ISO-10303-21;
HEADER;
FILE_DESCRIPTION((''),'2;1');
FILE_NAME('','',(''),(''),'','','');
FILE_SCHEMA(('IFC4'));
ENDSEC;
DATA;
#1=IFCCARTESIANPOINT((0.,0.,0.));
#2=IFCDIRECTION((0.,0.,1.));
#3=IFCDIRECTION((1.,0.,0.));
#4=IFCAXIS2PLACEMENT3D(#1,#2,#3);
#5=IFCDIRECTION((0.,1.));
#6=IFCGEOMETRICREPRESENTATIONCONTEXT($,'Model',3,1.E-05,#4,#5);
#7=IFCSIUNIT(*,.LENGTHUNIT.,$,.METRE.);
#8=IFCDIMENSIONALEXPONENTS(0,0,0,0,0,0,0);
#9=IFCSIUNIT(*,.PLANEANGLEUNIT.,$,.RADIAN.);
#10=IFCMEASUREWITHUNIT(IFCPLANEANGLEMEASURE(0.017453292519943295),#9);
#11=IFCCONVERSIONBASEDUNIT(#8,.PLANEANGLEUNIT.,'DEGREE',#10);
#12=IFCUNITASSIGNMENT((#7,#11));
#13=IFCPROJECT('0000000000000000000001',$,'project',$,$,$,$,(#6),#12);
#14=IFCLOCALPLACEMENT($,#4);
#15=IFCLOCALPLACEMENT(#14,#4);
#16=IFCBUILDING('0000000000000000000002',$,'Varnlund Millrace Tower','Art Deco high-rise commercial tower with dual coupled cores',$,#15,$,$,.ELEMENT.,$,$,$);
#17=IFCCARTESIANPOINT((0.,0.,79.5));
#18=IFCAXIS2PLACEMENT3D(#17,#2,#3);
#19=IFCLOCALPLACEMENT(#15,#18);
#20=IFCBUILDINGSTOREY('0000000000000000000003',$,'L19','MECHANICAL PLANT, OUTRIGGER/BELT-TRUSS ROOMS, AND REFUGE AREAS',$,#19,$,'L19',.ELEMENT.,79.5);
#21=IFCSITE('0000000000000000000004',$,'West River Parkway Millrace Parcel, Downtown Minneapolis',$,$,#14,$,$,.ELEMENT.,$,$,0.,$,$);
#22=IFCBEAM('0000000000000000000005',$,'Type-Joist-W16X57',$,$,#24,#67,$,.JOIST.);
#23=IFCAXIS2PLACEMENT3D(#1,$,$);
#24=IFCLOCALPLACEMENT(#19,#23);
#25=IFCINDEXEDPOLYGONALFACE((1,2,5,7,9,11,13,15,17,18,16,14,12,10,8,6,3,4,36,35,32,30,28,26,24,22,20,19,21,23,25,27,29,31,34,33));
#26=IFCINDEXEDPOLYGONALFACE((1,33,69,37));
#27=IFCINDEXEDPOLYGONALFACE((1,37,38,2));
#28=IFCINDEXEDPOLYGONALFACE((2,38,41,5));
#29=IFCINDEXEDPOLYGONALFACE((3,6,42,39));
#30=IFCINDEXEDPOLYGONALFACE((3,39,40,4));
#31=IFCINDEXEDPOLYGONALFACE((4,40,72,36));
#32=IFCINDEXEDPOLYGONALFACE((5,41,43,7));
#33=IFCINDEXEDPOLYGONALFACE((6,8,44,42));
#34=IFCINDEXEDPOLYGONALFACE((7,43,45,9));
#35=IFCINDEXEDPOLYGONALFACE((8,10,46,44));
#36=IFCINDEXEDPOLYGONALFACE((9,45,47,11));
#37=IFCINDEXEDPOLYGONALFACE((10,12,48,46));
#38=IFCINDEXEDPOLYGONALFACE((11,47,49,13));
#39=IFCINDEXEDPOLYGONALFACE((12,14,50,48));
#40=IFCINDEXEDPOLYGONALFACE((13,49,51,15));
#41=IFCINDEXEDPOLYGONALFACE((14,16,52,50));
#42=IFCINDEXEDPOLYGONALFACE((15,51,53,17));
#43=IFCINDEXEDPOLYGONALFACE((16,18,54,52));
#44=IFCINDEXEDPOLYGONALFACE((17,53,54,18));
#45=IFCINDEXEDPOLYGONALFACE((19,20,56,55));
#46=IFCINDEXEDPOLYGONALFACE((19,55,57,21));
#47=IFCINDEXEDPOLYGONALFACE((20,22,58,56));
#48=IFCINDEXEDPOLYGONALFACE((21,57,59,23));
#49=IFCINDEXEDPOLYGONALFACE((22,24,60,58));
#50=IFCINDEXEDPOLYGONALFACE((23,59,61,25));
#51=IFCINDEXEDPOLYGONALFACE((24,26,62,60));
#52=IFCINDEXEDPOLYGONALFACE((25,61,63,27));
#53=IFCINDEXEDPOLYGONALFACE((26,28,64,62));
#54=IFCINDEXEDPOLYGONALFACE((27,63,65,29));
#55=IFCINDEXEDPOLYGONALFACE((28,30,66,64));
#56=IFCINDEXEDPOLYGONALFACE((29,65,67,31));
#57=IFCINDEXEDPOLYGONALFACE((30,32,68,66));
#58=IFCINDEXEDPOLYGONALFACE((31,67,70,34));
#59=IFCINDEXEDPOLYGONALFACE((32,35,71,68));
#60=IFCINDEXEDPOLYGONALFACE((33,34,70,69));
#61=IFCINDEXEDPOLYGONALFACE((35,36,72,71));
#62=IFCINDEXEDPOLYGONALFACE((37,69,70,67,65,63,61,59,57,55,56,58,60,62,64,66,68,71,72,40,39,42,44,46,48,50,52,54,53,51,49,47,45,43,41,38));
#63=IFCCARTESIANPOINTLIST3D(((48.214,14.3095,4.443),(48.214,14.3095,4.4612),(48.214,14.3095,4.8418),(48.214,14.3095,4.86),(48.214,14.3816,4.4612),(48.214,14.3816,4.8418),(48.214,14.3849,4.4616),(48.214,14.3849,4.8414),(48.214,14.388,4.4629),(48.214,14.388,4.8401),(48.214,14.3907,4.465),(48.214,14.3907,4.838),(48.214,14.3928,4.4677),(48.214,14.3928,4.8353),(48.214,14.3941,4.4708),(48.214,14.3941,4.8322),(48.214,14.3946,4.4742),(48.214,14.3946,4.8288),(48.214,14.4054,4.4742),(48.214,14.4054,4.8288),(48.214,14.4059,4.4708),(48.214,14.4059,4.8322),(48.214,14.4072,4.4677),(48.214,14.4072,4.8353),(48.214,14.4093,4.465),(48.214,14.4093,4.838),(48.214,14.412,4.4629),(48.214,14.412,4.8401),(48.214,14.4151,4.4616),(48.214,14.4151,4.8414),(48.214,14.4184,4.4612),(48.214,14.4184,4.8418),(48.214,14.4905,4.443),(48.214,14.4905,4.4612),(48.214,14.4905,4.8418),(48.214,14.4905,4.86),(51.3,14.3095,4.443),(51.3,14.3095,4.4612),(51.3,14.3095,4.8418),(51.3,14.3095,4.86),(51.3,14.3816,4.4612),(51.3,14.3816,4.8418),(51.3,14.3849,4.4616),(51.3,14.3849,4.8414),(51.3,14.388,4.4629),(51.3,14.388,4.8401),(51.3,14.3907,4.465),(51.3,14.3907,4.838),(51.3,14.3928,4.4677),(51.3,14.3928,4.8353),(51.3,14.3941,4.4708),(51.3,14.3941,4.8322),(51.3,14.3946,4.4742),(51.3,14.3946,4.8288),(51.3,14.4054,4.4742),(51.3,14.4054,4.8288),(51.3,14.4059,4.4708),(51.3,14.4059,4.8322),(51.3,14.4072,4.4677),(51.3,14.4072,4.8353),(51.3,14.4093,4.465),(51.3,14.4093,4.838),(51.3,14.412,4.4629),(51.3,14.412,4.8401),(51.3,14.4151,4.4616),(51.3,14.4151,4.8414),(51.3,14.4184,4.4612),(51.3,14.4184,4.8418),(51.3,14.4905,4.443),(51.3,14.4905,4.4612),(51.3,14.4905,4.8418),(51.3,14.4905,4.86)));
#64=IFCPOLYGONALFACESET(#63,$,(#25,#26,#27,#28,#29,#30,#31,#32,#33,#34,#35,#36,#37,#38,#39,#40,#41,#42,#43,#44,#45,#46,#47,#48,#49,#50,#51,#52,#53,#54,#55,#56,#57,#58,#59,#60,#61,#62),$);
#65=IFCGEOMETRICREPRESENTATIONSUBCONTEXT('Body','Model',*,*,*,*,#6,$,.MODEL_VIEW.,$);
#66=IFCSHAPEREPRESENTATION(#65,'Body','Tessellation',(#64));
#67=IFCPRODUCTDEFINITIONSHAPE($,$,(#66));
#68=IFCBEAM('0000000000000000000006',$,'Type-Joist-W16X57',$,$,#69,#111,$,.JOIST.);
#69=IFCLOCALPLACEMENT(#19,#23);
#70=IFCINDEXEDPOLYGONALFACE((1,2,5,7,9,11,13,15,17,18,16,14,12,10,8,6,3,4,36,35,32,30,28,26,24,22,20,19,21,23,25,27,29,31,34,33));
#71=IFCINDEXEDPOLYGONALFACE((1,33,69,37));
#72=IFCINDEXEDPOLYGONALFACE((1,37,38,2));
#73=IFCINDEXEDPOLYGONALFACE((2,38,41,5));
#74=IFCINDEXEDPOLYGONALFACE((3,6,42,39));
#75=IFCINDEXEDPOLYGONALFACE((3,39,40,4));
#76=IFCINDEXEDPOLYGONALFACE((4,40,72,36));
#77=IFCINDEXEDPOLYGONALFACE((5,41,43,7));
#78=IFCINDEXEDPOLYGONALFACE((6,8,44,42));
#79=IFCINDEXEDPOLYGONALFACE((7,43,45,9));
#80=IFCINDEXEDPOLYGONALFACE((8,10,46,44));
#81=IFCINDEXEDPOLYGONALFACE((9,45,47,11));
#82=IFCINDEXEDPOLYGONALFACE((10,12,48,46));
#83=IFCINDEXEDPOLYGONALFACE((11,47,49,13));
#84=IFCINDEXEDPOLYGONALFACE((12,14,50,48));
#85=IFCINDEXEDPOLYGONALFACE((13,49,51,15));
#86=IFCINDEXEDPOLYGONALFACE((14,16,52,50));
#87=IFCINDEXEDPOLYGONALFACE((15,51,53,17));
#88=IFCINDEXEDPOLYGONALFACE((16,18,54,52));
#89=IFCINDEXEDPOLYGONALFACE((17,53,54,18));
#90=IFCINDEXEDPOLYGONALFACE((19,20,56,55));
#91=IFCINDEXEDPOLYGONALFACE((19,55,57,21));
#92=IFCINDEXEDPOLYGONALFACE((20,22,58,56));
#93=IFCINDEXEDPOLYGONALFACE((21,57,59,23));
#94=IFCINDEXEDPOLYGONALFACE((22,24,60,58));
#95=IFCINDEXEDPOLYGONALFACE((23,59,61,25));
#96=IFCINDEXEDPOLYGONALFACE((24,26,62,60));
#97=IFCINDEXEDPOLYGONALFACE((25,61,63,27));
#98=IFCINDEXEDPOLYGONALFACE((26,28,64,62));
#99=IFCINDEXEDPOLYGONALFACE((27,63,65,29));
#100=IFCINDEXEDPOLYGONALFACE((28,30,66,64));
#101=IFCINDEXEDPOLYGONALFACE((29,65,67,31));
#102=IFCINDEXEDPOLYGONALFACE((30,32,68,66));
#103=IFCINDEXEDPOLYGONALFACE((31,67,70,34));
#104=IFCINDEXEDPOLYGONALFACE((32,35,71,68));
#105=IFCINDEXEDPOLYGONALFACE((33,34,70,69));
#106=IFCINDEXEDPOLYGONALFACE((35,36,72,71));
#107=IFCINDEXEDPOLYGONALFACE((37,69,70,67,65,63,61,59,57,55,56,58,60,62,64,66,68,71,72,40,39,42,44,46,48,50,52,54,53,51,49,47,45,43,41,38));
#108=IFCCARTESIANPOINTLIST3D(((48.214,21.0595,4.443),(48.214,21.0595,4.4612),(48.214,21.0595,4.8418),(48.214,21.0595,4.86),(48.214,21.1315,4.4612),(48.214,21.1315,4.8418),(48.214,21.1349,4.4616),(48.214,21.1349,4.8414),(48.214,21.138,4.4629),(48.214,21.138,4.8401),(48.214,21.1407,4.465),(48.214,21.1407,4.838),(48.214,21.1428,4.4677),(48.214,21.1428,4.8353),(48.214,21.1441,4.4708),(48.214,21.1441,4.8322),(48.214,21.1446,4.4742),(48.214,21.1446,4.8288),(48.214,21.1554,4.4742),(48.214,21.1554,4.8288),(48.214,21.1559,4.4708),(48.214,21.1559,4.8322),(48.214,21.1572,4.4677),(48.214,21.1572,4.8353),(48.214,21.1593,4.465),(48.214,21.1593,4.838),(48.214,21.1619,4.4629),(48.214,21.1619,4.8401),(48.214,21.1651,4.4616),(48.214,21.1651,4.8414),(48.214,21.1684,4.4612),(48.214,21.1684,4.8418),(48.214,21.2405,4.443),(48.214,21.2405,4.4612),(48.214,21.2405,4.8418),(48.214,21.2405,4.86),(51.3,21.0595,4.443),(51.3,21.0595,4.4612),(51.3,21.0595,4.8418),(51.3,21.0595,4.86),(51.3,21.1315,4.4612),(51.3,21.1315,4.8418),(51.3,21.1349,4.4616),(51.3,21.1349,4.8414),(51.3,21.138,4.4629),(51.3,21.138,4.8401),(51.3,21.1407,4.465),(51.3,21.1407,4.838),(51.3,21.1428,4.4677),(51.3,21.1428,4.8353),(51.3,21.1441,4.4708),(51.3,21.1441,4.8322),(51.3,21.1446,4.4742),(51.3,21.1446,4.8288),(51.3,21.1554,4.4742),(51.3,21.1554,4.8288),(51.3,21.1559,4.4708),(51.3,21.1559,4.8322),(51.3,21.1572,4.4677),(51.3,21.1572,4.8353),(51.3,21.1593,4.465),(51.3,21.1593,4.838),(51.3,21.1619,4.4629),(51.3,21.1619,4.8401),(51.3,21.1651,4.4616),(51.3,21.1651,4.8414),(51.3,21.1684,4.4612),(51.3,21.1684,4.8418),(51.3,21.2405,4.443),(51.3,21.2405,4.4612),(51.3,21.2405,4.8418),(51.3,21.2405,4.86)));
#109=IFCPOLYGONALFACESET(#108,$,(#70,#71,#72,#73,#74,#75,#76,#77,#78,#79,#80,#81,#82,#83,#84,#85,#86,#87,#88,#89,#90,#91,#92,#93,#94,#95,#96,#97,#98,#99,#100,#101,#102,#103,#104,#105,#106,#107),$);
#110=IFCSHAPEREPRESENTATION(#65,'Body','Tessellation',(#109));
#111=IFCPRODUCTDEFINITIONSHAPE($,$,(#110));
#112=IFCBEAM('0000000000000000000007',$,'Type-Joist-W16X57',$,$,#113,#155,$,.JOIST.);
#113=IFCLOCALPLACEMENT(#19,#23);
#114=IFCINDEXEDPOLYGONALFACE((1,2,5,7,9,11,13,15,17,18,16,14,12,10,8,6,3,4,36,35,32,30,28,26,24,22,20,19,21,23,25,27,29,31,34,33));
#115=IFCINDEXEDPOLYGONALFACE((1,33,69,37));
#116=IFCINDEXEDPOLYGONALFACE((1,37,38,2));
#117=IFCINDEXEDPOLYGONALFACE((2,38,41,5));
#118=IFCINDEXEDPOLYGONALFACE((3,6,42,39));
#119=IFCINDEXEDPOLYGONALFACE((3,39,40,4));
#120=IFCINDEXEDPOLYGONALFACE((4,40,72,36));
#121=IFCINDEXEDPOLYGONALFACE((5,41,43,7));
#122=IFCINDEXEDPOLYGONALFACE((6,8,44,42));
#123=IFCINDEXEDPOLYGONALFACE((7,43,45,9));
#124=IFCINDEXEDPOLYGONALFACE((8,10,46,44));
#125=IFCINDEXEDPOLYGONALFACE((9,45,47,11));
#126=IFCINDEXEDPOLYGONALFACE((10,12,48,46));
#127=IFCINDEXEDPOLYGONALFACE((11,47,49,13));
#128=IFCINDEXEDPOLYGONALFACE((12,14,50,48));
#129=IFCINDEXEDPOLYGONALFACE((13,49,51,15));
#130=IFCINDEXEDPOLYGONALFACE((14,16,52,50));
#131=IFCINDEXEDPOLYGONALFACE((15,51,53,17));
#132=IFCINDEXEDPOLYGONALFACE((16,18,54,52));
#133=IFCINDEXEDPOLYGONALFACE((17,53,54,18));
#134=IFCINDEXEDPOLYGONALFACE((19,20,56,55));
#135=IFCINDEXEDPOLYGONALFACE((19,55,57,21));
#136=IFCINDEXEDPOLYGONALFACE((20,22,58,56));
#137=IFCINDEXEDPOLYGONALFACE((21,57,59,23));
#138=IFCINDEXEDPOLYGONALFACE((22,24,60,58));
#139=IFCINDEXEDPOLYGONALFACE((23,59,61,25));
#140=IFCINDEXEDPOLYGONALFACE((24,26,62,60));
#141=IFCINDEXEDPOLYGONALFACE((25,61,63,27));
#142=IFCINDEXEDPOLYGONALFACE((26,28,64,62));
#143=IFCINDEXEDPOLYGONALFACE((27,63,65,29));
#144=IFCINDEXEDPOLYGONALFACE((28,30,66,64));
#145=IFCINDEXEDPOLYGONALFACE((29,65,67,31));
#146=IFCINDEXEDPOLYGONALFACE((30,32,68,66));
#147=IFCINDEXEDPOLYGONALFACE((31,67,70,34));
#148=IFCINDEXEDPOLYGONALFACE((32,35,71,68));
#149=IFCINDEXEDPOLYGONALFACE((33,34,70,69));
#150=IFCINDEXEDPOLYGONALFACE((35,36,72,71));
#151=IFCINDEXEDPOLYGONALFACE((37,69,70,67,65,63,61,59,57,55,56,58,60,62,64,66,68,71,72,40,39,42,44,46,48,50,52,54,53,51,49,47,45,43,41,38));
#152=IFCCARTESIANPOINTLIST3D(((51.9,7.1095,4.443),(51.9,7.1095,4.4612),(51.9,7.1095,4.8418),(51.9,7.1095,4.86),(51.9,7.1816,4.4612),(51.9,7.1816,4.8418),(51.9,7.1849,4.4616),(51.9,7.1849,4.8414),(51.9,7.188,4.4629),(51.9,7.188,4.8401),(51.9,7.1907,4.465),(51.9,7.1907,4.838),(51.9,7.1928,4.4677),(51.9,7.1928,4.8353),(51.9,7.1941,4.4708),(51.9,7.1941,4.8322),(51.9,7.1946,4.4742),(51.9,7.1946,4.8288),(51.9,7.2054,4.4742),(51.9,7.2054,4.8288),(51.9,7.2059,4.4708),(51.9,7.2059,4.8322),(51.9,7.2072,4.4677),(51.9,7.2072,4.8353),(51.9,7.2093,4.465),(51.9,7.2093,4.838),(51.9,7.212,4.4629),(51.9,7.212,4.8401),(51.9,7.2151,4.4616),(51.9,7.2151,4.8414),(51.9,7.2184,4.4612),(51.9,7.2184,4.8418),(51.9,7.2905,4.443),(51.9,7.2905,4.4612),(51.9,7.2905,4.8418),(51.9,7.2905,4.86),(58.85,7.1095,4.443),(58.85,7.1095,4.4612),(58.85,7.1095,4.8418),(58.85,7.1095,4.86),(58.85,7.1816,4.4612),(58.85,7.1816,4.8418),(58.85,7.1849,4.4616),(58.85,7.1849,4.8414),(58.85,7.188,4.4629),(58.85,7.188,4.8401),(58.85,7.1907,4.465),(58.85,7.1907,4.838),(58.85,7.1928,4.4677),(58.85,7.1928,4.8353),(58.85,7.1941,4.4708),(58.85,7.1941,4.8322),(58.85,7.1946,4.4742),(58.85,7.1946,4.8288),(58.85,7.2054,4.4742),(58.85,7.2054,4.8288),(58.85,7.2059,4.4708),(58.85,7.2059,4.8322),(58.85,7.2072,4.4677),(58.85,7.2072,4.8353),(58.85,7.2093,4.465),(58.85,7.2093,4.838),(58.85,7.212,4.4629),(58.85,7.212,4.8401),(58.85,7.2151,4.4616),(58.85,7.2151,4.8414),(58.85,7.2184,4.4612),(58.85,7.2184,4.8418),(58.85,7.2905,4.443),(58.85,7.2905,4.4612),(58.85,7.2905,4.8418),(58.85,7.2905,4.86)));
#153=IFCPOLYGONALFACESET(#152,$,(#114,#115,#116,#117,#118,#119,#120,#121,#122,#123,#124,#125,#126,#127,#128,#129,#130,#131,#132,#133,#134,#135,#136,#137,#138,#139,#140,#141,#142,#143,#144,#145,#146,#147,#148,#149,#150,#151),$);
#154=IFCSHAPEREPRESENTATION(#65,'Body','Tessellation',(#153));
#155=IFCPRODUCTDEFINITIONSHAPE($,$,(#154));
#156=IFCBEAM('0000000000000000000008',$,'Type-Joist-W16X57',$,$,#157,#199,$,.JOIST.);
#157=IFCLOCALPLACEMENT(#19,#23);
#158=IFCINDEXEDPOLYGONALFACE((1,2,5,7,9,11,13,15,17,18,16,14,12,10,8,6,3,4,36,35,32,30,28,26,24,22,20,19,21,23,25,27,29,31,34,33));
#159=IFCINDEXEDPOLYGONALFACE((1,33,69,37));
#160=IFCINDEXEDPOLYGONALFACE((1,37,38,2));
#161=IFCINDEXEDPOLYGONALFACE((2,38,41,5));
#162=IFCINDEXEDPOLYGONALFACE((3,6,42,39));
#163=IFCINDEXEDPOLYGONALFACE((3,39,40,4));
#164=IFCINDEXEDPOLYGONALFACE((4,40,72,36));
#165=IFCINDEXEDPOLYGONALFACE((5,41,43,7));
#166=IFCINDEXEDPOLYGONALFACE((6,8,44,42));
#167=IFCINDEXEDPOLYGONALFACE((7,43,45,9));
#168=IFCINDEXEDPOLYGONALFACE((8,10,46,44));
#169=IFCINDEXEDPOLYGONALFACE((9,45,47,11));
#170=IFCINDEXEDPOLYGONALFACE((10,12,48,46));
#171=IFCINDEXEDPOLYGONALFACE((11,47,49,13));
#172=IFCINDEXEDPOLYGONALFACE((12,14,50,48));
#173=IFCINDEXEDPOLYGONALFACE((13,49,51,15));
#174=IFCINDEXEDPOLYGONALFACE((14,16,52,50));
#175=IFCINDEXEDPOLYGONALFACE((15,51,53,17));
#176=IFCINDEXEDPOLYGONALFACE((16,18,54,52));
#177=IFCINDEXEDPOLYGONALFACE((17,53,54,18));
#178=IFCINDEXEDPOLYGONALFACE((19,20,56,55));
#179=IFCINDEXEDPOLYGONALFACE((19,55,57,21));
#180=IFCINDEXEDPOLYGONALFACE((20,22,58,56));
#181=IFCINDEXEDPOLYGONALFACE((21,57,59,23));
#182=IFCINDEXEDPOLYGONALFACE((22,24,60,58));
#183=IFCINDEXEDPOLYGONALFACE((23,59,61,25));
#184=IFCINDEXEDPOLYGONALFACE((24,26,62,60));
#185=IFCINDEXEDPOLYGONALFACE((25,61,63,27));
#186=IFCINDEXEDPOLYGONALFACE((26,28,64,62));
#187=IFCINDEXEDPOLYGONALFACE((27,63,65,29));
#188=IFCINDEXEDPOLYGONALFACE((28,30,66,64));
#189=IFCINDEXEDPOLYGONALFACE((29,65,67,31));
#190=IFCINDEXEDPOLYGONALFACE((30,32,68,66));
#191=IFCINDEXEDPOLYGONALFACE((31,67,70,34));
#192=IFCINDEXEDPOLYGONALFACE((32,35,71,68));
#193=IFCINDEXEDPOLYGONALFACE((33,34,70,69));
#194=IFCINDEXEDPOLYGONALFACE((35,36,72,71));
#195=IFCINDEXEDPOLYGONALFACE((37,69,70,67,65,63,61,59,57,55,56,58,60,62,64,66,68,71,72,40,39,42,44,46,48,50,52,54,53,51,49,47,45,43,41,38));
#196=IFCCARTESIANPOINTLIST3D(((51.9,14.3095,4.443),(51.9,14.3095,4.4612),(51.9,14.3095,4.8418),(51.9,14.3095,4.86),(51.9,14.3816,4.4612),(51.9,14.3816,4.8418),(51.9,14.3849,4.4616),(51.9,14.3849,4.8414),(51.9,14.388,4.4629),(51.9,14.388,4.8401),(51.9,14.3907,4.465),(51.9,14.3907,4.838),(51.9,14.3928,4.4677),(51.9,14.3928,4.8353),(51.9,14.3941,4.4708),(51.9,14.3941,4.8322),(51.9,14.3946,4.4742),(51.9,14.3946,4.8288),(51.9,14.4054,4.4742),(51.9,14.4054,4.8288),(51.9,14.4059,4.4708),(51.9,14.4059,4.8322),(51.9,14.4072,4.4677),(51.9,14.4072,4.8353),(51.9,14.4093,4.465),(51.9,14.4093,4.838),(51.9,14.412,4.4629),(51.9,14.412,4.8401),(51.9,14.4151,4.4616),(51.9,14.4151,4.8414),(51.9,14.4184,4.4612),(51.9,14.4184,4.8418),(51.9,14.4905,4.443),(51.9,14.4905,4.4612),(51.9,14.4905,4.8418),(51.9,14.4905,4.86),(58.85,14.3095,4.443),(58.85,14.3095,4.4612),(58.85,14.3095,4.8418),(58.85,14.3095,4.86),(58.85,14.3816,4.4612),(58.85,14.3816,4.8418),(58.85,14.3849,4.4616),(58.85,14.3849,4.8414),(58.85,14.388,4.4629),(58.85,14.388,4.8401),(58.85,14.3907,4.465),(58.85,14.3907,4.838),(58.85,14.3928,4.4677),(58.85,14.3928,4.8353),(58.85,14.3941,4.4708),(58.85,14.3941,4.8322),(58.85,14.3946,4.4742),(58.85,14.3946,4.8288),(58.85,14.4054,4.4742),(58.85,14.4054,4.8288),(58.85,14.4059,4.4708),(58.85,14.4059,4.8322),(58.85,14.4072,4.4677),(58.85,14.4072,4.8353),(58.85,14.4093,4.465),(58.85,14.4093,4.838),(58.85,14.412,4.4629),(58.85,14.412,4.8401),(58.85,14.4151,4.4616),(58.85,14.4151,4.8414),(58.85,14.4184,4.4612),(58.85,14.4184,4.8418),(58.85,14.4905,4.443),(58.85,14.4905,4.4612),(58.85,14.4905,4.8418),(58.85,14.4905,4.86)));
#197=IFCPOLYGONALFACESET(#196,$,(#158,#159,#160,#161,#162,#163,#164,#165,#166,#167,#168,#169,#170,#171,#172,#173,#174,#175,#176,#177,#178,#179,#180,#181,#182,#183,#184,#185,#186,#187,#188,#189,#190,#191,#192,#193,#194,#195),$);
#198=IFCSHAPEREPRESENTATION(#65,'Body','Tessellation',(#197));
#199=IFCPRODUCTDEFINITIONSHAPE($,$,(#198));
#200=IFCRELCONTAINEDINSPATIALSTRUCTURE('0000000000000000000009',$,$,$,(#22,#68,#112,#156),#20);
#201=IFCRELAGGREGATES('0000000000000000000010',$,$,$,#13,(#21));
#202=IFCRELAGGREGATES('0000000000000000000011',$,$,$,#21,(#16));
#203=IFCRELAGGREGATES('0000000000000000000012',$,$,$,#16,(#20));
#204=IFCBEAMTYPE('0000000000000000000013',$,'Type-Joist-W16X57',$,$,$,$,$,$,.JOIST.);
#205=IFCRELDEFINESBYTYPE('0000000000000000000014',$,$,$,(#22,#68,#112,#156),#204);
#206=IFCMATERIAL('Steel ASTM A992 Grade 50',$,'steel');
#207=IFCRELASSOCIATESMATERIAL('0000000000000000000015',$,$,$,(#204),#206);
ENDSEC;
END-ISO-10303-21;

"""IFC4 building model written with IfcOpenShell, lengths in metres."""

from ifc_helpers import new_model, entity, si_unit, converted_unit, direction, frame, origin_with_axes, origin_2d_with_axis, place, context, subcontext, project, spatial, i_section, extrude, material, material_profile, profile_set, type_object, element, save


model = new_model("IFC4")

# Units and contexts
model_context = context("Model", 3, precision=1e-05, world=origin_with_axes(), true_north=direction((0.0, 1.0)))
body_context = subcontext(model_context, "Body", "Model", "MODEL_VIEW")
ifc_project = project(units=[si_unit("LENGTHUNIT", "METRE"), converted_unit("PLANEANGLEUNIT", "DEGREE", entity("IfcPlaneAngleMeasure", 0.017453292519943295), si_unit("PLANEANGLEUNIT", "RADIAN"), dimensions=[0, 0, 0, 0, 0, 0, 0])], contexts=[model_context])

# Site, building, storey
site_placement = place(None, origin_with_axes())
site = spatial("IfcSite", under=ifc_project, at=site_placement, Name="West River Parkway Millrace Parcel, Downtown Minneapolis", CompositionType="ELEMENT", RefElevation=0.0)
building_placement = place(site_placement, origin_with_axes())
building = spatial("IfcBuilding", under=site, at=building_placement, Name="Varnlund Millrace Tower", Description="Art Deco high-rise commercial tower with dual coupled cores", CompositionType="ELEMENT")
storey_placement = place(building_placement, frame((0.0, 0.0, 79.5), z_axis=(0.0, 0.0, 1.0), x_axis=(1.0, 0.0, 0.0)))
storey = spatial("IfcBuildingStorey", under=building, at=storey_placement, Name="L19", Description="MECHANICAL PLANT, OUTRIGGER/BELT-TRUSS ROOMS, AND REFUGE AREAS", LongName="L19", CompositionType="ELEMENT", Elevation=79.5)

# Beams
ifc_material_1 = material(Name="Steel ASTM A992 Grade 50", Category="steel")
ifc_material_profile_1 = material_profile(ifc_material_1, i_section(OverallWidth=0.181, OverallDepth=0.417, WebThickness=0.0109, FlangeThickness=0.0182, FilletRadius=0.013, at=origin_2d_with_axis()), Name="Steel ASTM A992 Grade 50")
ifc_profile_set_1 = profile_set([ifc_material_profile_1], Name="Steel ASTM A992 Grade 50")
beam_type_1 = type_object("IfcBeamType", Name="Type-Joist-W16X57", PredefinedType="JOIST", material=ifc_profile_set_1)
for number, where, z_axis, x_axis, name in (
    (1, (48.214, 14.4, 4.6515), (1.0, 0.0, 0.0), (0.0, 1.0, 0.0), "Type-Joist-W16X57"),
    (2, (48.214, 21.15, 4.6515), (1.0, 0.0, 0.0), (0.0, 1.0, 0.0), "Type-Joist-W16X57"),
):
    element("IfcBeam", number, at=place(storey_placement, frame(where, z_axis=z_axis, x_axis=x_axis)), inside=storey, type_object=beam_type_1, Name=name, PredefinedType="JOIST", context=body_context, shape_type="SweptSolid", body=[
        extrude(i_section(OverallWidth=0.181, OverallDepth=0.417, WebThickness=0.0109, FlangeThickness=0.0182, FilletRadius=0.013, at=origin_2d_with_axis()), origin_with_axes(), (0.0, 0.0, 1.0), 3.086),
    ])
for number, where, z_axis, x_axis, name in (
    (3, (51.9, 7.2, 4.6515), (1.0, 0.0, 0.0), (0.0, 1.0, 0.0), "Type-Joist-W16X57"),
    (4, (51.9, 14.4, 4.6515), (1.0, 0.0, 0.0), (0.0, 1.0, 0.0), "Type-Joist-W16X57"),
):
    element("IfcBeam", number, at=place(storey_placement, frame(where, z_axis=z_axis, x_axis=x_axis)), inside=storey, type_object=beam_type_1, Name=name, PredefinedType="JOIST", context=body_context, shape_type="SweptSolid", body=[
        extrude(i_section(OverallWidth=0.181, OverallDepth=0.417, WebThickness=0.0109, FlangeThickness=0.0182, FilletRadius=0.013, at=origin_2d_with_axis()), origin_with_axes(), (0.0, 0.0, 1.0), 6.95),
    ])

save(model, "model.ifc")
